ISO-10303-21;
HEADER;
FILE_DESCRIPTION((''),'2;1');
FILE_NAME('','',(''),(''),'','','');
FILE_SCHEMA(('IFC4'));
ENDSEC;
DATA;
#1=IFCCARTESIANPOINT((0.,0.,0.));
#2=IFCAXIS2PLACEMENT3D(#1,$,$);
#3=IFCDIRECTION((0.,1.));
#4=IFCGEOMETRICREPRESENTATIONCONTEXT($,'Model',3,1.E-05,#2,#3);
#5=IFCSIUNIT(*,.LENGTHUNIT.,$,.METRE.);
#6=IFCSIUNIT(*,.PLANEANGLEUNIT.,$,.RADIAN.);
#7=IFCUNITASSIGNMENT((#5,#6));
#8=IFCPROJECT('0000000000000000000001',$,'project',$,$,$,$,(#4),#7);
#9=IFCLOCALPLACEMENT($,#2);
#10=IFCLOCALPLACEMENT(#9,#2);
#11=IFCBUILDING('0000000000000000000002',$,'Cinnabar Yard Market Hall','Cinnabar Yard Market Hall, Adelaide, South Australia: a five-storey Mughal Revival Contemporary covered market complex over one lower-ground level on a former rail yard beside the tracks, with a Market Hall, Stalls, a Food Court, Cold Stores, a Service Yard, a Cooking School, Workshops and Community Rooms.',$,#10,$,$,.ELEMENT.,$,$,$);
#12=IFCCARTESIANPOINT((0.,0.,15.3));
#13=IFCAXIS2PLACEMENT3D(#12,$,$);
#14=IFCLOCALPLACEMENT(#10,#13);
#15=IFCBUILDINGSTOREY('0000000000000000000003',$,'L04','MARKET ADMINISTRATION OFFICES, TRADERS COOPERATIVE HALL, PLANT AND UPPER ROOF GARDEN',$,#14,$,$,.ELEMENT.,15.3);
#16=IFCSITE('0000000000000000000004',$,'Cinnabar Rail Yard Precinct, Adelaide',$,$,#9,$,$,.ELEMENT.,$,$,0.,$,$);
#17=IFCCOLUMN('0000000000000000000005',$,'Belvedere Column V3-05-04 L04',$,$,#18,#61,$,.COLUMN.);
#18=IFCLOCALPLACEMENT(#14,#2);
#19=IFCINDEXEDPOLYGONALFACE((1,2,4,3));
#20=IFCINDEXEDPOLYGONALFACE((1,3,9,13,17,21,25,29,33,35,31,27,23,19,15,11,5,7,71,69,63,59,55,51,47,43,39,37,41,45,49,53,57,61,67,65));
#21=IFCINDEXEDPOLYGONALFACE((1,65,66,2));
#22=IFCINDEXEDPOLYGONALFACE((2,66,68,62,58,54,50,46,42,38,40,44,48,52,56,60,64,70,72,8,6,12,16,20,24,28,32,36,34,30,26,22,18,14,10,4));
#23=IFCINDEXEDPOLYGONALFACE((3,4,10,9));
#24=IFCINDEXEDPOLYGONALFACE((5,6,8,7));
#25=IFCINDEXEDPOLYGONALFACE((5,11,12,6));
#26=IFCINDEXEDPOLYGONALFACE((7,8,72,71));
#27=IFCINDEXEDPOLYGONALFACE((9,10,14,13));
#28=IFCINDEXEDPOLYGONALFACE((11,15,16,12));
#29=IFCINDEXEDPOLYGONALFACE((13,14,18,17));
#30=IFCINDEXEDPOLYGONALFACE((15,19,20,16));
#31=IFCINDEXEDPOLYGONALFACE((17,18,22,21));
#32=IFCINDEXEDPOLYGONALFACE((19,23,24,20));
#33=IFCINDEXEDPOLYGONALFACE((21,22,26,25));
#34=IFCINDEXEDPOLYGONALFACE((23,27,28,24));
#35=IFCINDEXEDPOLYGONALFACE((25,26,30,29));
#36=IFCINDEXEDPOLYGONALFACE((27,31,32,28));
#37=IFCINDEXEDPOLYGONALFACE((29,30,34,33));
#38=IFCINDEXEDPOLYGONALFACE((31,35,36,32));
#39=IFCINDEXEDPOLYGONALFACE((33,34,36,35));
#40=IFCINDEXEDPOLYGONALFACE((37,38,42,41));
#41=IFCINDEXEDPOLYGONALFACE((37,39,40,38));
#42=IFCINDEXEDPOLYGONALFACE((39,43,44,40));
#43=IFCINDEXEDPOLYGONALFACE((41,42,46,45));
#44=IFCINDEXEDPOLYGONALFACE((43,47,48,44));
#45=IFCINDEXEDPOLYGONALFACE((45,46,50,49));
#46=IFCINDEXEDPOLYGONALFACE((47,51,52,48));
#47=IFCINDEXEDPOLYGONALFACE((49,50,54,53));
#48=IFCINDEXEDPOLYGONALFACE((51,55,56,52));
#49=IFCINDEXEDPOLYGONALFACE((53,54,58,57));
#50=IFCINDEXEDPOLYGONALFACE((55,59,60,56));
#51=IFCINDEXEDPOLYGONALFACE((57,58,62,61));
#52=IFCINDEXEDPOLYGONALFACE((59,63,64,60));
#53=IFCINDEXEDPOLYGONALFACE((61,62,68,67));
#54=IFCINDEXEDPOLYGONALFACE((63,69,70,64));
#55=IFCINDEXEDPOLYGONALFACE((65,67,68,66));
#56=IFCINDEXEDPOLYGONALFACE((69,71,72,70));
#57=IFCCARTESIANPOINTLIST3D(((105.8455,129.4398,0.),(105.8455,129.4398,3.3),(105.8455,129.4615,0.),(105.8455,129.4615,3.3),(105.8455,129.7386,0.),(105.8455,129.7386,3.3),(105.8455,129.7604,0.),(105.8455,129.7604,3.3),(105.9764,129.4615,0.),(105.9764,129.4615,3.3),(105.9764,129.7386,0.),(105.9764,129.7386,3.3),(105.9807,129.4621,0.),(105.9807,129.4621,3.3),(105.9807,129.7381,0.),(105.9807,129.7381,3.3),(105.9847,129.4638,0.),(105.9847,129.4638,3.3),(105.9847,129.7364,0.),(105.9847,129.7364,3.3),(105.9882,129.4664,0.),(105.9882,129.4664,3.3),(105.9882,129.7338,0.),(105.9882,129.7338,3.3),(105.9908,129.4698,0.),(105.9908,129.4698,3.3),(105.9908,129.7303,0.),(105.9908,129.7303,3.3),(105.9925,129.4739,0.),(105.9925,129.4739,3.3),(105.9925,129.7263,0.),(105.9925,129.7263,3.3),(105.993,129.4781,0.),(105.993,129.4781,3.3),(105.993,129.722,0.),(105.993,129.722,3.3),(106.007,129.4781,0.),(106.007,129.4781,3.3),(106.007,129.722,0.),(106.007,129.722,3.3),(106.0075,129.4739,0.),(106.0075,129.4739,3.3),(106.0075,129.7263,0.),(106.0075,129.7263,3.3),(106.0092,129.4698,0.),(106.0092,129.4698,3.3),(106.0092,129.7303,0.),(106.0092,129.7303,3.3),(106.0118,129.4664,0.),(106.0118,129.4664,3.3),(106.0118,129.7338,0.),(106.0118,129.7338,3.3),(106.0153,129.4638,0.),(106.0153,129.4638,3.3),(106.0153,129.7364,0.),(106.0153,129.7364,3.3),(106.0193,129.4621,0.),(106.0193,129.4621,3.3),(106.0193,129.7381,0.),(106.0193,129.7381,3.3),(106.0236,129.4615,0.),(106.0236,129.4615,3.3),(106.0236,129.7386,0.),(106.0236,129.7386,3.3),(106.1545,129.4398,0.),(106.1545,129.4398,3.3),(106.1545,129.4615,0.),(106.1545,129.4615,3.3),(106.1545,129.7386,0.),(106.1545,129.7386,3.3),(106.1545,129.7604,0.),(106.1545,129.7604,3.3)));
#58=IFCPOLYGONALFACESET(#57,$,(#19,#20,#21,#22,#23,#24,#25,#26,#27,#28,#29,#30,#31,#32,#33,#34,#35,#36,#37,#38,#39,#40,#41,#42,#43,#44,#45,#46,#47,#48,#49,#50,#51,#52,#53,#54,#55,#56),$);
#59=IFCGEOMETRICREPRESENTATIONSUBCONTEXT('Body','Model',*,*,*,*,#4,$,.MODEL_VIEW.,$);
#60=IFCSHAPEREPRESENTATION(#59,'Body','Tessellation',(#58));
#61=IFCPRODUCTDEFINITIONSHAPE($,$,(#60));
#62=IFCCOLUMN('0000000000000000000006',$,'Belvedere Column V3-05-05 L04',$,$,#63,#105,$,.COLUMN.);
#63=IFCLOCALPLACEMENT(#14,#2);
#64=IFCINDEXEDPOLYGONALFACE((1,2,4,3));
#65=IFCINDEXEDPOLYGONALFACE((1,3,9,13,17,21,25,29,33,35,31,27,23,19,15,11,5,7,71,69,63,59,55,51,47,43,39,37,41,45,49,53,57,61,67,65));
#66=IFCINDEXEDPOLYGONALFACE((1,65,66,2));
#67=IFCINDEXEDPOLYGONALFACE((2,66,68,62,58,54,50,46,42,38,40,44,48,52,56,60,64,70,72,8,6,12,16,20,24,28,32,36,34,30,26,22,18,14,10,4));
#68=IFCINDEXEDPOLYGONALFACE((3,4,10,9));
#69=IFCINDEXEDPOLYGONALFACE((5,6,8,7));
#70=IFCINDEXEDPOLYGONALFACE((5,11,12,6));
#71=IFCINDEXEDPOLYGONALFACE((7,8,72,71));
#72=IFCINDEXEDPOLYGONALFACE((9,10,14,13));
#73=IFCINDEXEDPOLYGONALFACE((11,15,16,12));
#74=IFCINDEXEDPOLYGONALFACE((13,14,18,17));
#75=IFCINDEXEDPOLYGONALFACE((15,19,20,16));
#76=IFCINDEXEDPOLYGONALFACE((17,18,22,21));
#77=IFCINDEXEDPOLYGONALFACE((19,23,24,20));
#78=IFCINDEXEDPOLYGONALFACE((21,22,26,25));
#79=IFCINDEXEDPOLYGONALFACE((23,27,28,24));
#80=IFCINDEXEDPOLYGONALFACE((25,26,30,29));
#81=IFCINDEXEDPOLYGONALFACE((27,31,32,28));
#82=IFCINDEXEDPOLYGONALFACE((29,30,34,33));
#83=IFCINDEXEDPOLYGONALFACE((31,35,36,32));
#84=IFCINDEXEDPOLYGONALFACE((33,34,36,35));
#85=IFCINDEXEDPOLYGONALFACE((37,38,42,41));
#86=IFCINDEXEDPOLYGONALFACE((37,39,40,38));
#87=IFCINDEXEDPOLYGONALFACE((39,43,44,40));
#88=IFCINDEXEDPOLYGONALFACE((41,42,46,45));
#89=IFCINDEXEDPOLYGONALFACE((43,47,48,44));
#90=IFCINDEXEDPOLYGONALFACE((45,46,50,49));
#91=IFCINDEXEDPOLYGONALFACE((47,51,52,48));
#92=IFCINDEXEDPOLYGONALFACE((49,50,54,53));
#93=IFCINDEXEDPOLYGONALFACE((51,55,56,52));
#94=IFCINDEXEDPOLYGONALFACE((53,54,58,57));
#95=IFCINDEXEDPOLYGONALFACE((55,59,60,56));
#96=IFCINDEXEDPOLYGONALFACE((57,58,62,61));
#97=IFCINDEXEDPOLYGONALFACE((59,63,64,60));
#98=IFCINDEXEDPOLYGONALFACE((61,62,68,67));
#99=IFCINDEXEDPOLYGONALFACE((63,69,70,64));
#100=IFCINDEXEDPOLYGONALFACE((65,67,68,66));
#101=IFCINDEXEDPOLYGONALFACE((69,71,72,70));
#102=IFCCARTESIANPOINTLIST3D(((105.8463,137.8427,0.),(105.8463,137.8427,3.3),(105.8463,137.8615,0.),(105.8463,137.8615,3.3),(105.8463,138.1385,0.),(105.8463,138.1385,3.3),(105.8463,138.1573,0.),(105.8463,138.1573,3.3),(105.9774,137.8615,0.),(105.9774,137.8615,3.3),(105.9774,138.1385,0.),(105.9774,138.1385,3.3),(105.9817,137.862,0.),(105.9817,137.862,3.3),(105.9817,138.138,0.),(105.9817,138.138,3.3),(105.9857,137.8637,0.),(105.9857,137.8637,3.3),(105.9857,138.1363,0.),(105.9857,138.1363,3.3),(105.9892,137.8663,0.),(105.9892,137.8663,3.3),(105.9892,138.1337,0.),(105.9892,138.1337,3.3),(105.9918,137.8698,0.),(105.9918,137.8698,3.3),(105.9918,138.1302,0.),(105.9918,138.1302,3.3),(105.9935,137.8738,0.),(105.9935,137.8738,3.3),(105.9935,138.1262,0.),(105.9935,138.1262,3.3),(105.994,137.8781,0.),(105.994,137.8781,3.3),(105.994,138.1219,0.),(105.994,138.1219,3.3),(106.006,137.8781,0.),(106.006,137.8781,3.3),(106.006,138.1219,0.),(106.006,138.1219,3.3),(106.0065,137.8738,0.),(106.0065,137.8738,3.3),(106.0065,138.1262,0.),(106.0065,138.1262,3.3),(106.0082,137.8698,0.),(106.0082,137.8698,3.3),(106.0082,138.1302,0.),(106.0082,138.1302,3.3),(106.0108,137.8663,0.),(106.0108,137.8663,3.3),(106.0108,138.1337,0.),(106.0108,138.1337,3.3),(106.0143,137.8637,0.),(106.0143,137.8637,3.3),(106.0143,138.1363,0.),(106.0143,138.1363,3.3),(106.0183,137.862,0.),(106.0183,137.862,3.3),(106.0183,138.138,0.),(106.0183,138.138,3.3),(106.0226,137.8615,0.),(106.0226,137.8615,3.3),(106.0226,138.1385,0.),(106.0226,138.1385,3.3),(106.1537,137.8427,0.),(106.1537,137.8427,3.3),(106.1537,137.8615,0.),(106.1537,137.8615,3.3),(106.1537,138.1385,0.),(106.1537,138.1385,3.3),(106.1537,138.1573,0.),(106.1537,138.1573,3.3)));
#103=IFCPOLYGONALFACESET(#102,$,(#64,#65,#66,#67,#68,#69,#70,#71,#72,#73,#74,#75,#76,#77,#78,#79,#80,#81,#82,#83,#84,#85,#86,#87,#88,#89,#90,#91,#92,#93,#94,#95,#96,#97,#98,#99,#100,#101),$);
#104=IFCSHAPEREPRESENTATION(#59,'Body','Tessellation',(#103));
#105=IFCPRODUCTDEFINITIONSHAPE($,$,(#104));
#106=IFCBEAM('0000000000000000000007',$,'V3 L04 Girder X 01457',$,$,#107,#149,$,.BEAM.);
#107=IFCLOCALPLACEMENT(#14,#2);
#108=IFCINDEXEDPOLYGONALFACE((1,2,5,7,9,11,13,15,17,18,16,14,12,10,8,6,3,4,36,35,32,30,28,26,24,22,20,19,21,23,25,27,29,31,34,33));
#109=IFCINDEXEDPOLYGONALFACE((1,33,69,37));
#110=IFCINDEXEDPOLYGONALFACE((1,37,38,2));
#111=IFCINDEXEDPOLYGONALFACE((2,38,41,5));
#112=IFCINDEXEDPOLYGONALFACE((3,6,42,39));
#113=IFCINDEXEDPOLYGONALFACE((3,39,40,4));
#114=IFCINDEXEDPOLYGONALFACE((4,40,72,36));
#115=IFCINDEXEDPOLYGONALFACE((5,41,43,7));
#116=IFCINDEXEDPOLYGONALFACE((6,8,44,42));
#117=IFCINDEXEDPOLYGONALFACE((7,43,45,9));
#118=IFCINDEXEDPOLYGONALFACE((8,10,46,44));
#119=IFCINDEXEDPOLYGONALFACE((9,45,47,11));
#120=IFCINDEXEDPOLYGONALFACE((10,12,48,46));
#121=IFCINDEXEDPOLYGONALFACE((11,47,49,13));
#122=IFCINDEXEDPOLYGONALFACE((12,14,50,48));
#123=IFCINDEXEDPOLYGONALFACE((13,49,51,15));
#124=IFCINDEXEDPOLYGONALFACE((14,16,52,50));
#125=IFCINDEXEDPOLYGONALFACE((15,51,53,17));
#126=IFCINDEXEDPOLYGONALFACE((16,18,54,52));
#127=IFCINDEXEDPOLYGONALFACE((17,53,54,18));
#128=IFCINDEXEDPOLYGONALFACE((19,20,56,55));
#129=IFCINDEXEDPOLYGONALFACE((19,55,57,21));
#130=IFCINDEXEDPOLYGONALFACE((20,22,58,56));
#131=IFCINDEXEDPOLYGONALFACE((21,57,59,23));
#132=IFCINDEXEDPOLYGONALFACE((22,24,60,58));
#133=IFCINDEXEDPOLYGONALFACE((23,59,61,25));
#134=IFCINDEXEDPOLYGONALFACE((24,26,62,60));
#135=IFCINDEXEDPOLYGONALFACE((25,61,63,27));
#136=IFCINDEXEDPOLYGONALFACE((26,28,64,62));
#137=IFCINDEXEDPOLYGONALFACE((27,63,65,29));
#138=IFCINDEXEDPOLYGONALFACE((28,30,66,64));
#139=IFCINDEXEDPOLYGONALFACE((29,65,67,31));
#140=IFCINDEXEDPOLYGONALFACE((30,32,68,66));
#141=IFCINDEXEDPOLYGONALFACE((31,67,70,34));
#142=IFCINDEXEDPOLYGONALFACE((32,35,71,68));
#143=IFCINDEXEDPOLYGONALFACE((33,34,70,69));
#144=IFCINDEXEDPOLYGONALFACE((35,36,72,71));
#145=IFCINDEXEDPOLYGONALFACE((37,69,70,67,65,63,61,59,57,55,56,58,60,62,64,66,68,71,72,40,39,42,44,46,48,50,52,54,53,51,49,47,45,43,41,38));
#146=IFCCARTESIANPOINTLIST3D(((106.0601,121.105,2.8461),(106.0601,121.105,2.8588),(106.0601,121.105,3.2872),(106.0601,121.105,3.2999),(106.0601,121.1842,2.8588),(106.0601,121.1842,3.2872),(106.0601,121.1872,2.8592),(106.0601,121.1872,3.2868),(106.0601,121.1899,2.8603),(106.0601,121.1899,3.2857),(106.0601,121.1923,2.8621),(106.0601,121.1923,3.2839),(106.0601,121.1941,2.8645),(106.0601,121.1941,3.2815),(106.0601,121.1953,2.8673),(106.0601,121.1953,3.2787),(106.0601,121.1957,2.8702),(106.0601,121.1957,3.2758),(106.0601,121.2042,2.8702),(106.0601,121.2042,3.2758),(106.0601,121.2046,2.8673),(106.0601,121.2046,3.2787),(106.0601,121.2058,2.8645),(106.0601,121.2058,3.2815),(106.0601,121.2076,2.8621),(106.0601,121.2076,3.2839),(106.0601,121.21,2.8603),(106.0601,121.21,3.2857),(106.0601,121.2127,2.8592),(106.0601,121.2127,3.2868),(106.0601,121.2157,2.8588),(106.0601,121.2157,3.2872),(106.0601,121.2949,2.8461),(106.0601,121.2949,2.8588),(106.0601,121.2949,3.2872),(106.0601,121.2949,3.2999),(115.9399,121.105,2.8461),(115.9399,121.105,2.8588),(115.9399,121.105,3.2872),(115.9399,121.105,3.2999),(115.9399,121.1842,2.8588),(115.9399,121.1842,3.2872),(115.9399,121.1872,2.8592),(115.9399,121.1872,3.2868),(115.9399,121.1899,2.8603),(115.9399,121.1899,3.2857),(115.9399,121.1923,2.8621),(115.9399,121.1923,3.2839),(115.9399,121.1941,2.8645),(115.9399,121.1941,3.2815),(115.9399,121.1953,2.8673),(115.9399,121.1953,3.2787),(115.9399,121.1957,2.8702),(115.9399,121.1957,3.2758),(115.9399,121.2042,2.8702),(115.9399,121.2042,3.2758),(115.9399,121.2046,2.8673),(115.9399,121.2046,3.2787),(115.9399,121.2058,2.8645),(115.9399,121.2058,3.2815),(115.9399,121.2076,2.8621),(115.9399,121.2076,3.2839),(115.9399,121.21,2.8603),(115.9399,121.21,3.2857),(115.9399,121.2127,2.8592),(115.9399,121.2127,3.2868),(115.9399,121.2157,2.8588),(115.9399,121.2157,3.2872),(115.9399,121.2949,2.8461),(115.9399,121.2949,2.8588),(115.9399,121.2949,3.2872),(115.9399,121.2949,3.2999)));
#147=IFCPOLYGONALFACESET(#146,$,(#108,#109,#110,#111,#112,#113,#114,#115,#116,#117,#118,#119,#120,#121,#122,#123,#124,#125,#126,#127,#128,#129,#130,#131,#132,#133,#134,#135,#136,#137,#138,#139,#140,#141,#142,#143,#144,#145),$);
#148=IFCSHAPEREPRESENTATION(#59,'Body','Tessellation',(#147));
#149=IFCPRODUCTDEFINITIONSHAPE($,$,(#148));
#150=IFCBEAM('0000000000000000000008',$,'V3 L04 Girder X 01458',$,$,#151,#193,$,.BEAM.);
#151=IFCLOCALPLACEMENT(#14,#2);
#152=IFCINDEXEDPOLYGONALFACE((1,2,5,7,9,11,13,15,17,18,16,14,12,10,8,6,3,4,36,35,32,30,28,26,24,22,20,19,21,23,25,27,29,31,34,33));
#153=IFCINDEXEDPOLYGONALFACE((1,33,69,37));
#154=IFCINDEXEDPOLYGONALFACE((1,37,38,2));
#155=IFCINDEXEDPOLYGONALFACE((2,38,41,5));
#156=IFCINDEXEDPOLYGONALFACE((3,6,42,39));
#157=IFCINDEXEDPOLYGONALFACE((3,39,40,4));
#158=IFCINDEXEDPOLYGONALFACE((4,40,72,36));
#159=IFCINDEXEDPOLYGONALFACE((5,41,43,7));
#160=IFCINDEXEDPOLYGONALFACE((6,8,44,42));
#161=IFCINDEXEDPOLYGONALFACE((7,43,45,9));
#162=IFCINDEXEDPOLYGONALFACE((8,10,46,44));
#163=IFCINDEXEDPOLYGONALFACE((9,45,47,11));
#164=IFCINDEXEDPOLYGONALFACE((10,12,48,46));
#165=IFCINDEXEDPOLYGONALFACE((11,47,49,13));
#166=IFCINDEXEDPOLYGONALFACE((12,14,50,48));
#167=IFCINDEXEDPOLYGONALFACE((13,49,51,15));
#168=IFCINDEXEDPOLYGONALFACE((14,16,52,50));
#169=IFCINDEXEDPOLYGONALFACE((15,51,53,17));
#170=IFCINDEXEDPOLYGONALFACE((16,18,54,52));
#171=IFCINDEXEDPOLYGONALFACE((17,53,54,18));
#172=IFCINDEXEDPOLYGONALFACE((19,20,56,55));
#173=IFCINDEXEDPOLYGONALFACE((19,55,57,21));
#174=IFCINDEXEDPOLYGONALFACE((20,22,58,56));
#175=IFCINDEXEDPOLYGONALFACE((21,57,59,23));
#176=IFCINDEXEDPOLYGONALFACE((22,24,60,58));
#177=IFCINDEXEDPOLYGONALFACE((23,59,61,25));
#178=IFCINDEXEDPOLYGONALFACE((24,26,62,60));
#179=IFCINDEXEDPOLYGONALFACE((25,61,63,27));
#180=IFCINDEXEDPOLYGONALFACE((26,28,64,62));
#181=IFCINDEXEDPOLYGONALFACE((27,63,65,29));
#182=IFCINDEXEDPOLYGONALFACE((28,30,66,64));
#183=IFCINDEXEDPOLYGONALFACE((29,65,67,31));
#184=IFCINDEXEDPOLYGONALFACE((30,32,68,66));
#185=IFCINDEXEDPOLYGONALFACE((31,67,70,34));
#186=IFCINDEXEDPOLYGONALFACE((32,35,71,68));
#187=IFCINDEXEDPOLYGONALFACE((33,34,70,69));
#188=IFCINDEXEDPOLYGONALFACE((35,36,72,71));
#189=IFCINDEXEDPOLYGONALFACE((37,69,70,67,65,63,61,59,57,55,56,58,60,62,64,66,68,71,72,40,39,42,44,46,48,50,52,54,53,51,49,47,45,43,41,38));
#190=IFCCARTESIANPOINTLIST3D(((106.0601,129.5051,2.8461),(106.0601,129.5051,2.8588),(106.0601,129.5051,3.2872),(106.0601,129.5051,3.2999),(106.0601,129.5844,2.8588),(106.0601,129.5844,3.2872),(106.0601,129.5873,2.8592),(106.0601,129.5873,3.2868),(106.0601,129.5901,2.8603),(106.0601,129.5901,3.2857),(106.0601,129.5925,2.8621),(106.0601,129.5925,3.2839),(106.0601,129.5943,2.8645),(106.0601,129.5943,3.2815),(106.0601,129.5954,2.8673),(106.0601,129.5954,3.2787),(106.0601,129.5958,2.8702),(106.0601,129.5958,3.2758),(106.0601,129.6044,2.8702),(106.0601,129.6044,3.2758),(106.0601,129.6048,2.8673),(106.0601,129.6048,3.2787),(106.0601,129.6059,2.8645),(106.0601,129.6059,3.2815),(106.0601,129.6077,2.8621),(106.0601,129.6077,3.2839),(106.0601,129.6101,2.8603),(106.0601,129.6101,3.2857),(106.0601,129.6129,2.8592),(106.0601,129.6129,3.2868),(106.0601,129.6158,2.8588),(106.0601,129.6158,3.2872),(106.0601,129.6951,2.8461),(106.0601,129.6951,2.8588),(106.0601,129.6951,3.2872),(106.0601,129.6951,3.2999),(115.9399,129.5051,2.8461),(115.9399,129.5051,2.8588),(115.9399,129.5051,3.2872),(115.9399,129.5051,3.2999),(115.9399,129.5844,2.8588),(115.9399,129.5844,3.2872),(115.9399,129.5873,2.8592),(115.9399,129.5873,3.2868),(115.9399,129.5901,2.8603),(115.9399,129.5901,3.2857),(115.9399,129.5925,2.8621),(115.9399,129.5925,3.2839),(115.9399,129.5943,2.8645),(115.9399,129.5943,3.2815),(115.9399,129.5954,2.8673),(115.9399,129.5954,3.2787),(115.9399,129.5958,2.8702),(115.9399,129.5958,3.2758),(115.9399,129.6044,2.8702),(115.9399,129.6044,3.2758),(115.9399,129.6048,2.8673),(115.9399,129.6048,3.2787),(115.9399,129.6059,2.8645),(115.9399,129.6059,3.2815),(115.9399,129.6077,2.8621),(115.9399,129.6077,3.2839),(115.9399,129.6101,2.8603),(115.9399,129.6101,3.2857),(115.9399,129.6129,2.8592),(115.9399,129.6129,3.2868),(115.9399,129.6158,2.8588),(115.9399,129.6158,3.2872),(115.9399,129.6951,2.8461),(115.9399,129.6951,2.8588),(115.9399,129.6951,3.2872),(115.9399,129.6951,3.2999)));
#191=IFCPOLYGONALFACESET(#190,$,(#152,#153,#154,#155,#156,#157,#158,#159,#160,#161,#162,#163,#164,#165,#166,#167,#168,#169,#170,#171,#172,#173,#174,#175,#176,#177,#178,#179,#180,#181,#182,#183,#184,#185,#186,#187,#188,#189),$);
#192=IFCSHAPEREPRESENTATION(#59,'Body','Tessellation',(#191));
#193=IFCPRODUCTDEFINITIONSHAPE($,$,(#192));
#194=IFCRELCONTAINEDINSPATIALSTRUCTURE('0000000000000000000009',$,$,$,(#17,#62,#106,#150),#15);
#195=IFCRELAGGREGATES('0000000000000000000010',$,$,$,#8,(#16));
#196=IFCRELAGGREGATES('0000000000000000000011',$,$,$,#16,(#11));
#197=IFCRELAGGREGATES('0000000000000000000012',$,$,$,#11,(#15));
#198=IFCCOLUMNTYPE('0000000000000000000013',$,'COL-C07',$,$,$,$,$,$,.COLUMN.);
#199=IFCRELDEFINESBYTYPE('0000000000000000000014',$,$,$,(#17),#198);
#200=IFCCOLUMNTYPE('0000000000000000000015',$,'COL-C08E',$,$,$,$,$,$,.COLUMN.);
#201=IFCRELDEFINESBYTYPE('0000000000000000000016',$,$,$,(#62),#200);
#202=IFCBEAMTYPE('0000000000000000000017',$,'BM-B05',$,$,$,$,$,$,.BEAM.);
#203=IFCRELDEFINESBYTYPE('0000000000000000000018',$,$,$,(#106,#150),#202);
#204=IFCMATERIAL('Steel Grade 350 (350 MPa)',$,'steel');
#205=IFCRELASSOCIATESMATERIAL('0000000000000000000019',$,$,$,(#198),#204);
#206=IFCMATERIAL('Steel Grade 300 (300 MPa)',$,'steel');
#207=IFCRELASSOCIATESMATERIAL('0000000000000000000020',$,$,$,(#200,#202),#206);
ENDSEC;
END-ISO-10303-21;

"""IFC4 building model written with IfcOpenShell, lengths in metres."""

from ifc_helpers import new_model, si_unit, direction, frame, origin, origin_2d_with_axis, place, context, subcontext, project, spatial, i_section, extrude, material, material_profile, profile_set, type_object, element, save


model = new_model("IFC4")

# Units and contexts
model_context = context("Model", 3, precision=1e-05, world=origin(), true_north=direction((0.0, 1.0)))
body_context = subcontext(model_context, "Body", "Model", "MODEL_VIEW")
ifc_project = project(units=[si_unit("LENGTHUNIT", "METRE"), si_unit("PLANEANGLEUNIT", "RADIAN")], contexts=[model_context])

# Site, building, storey
site_placement = place(None, origin())
site = spatial("IfcSite", under=ifc_project, at=site_placement, Name="Cinnabar Rail Yard Precinct, Adelaide", CompositionType="ELEMENT", RefElevation=0.0)
building_placement = place(site_placement, origin())
building = spatial("IfcBuilding", under=site, at=building_placement, Name="Cinnabar Yard Market Hall", Description="Cinnabar Yard Market Hall, Adelaide, South Australia: a five-storey Mughal Revival Contemporary covered market complex over one lower-ground level on a former rail yard beside the tracks, with a Market Hall, Stalls, a Food Court, Cold Stores, a Service Yard, a Cooking School, Workshops and Community Rooms.", CompositionType="ELEMENT")
storey_placement = place(building_placement, frame((0.0, 0.0, 15.3)))
storey = spatial("IfcBuildingStorey", under=building, at=storey_placement, Name="L04", Description="MARKET ADMINISTRATION OFFICES, TRADERS COOPERATIVE HALL, PLANT AND UPPER ROOF GARDEN", CompositionType="ELEMENT", Elevation=15.3)

# Columns
ifc_material_1 = material(Name="Steel Grade 350 (350 MPa)", Category="steel")
ifc_material_profile_1 = material_profile(ifc_material_1, i_section(OverallWidth=0.3091, OverallDepth=0.3206, WebThickness=0.0139, FlangeThickness=0.0217, FilletRadius=0.0166, at=origin_2d_with_axis()), Name="310UC137")
ifc_profile_set_1 = profile_set([ifc_material_profile_1], Name="Steel Grade 350 (350 MPa)")
column_type_1 = type_object("IfcColumnType", Name="COL-C07", PredefinedType="COLUMN", material=ifc_profile_set_1)
column_1_placement = place(storey_placement, frame((106.0, 129.6001, 0.0), z_axis=(0.0, 0.0, 1.0), x_axis=(1.0, 0.0, 0.0)))
element("IfcColumn", 1, at=column_1_placement, inside=storey, type_object=column_type_1, Name="Belvedere Column V3-05-04 L04", PredefinedType="COLUMN", context=body_context, shape_type="SweptSolid", body=[
    extrude(i_section(OverallWidth=0.3091, OverallDepth=0.3206, WebThickness=0.0139, FlangeThickness=0.0217, FilletRadius=0.0166, at=origin_2d_with_axis()), origin(), (0.0, 0.0, 1.0), 3.3),
])
ifc_material_2 = material(Name="Steel Grade 300 (300 MPa)", Category="steel")
ifc_material_profile_2 = material_profile(ifc_material_2, i_section(OverallWidth=0.3074, OverallDepth=0.3147, WebThickness=0.012, FlangeThickness=0.0188, FilletRadius=0.0166, at=origin_2d_with_axis()), Name="310UC118")
ifc_profile_set_2 = profile_set([ifc_material_profile_2], Name="Steel Grade 300 (300 MPa)")
column_type_2 = type_object("IfcColumnType", Name="COL-C08E", PredefinedType="COLUMN", material=ifc_profile_set_2)
column_2_placement = place(storey_placement, frame((106.0, 138.0, 0.0), z_axis=(0.0, 0.0, 1.0), x_axis=(1.0, 0.0, 0.0)))
element("IfcColumn", 2, at=column_2_placement, inside=storey, type_object=column_type_2, Name="Belvedere Column V3-05-05 L04", PredefinedType="COLUMN", context=body_context, shape_type="SweptSolid", body=[
    extrude(i_section(OverallWidth=0.3074, OverallDepth=0.3147, WebThickness=0.012, FlangeThickness=0.0188, FilletRadius=0.0166, at=origin_2d_with_axis()), origin(), (0.0, 0.0, 1.0), 3.3),
])

# Beams
ifc_material_profile_3 = material_profile(ifc_material_2, i_section(OverallWidth=0.1899, OverallDepth=0.4539, WebThickness=0.0085, FlangeThickness=0.0127, FilletRadius=0.0115, at=origin_2d_with_axis()), Name="460UB67.1")
ifc_profile_set_3 = profile_set([ifc_material_profile_3], Name="Steel Grade 300 (300 MPa)")
beam_type_1 = type_object("IfcBeamType", Name="BM-B05", PredefinedType="BEAM", material=ifc_profile_set_3)
for number, where, z_axis, x_axis, name in (
    (3, (106.0601, 121.2, 3.073), (1.0, 0.0, 0.0), (0.0, 1.0, 0.0), "V3 L04 Girder X 01457"),
    (4, (106.0601, 129.6001, 3.073), (1.0, 0.0, 0.0), (0.0, 1.0, 0.0), "V3 L04 Girder X 01458"),
):
    element("IfcBeam", number, at=place(storey_placement, frame(where, z_axis=z_axis, x_axis=x_axis)), inside=storey, type_object=beam_type_1, Name=name, PredefinedType="BEAM", context=body_context, shape_type="SweptSolid", body=[
        extrude(i_section(OverallWidth=0.1899, OverallDepth=0.4539, WebThickness=0.0085, FlangeThickness=0.0127, FilletRadius=0.0115, at=origin_2d_with_axis()), origin(), (0.0, 0.0, 1.0), 9.8799),
    ])

save(model, "model.ifc")
